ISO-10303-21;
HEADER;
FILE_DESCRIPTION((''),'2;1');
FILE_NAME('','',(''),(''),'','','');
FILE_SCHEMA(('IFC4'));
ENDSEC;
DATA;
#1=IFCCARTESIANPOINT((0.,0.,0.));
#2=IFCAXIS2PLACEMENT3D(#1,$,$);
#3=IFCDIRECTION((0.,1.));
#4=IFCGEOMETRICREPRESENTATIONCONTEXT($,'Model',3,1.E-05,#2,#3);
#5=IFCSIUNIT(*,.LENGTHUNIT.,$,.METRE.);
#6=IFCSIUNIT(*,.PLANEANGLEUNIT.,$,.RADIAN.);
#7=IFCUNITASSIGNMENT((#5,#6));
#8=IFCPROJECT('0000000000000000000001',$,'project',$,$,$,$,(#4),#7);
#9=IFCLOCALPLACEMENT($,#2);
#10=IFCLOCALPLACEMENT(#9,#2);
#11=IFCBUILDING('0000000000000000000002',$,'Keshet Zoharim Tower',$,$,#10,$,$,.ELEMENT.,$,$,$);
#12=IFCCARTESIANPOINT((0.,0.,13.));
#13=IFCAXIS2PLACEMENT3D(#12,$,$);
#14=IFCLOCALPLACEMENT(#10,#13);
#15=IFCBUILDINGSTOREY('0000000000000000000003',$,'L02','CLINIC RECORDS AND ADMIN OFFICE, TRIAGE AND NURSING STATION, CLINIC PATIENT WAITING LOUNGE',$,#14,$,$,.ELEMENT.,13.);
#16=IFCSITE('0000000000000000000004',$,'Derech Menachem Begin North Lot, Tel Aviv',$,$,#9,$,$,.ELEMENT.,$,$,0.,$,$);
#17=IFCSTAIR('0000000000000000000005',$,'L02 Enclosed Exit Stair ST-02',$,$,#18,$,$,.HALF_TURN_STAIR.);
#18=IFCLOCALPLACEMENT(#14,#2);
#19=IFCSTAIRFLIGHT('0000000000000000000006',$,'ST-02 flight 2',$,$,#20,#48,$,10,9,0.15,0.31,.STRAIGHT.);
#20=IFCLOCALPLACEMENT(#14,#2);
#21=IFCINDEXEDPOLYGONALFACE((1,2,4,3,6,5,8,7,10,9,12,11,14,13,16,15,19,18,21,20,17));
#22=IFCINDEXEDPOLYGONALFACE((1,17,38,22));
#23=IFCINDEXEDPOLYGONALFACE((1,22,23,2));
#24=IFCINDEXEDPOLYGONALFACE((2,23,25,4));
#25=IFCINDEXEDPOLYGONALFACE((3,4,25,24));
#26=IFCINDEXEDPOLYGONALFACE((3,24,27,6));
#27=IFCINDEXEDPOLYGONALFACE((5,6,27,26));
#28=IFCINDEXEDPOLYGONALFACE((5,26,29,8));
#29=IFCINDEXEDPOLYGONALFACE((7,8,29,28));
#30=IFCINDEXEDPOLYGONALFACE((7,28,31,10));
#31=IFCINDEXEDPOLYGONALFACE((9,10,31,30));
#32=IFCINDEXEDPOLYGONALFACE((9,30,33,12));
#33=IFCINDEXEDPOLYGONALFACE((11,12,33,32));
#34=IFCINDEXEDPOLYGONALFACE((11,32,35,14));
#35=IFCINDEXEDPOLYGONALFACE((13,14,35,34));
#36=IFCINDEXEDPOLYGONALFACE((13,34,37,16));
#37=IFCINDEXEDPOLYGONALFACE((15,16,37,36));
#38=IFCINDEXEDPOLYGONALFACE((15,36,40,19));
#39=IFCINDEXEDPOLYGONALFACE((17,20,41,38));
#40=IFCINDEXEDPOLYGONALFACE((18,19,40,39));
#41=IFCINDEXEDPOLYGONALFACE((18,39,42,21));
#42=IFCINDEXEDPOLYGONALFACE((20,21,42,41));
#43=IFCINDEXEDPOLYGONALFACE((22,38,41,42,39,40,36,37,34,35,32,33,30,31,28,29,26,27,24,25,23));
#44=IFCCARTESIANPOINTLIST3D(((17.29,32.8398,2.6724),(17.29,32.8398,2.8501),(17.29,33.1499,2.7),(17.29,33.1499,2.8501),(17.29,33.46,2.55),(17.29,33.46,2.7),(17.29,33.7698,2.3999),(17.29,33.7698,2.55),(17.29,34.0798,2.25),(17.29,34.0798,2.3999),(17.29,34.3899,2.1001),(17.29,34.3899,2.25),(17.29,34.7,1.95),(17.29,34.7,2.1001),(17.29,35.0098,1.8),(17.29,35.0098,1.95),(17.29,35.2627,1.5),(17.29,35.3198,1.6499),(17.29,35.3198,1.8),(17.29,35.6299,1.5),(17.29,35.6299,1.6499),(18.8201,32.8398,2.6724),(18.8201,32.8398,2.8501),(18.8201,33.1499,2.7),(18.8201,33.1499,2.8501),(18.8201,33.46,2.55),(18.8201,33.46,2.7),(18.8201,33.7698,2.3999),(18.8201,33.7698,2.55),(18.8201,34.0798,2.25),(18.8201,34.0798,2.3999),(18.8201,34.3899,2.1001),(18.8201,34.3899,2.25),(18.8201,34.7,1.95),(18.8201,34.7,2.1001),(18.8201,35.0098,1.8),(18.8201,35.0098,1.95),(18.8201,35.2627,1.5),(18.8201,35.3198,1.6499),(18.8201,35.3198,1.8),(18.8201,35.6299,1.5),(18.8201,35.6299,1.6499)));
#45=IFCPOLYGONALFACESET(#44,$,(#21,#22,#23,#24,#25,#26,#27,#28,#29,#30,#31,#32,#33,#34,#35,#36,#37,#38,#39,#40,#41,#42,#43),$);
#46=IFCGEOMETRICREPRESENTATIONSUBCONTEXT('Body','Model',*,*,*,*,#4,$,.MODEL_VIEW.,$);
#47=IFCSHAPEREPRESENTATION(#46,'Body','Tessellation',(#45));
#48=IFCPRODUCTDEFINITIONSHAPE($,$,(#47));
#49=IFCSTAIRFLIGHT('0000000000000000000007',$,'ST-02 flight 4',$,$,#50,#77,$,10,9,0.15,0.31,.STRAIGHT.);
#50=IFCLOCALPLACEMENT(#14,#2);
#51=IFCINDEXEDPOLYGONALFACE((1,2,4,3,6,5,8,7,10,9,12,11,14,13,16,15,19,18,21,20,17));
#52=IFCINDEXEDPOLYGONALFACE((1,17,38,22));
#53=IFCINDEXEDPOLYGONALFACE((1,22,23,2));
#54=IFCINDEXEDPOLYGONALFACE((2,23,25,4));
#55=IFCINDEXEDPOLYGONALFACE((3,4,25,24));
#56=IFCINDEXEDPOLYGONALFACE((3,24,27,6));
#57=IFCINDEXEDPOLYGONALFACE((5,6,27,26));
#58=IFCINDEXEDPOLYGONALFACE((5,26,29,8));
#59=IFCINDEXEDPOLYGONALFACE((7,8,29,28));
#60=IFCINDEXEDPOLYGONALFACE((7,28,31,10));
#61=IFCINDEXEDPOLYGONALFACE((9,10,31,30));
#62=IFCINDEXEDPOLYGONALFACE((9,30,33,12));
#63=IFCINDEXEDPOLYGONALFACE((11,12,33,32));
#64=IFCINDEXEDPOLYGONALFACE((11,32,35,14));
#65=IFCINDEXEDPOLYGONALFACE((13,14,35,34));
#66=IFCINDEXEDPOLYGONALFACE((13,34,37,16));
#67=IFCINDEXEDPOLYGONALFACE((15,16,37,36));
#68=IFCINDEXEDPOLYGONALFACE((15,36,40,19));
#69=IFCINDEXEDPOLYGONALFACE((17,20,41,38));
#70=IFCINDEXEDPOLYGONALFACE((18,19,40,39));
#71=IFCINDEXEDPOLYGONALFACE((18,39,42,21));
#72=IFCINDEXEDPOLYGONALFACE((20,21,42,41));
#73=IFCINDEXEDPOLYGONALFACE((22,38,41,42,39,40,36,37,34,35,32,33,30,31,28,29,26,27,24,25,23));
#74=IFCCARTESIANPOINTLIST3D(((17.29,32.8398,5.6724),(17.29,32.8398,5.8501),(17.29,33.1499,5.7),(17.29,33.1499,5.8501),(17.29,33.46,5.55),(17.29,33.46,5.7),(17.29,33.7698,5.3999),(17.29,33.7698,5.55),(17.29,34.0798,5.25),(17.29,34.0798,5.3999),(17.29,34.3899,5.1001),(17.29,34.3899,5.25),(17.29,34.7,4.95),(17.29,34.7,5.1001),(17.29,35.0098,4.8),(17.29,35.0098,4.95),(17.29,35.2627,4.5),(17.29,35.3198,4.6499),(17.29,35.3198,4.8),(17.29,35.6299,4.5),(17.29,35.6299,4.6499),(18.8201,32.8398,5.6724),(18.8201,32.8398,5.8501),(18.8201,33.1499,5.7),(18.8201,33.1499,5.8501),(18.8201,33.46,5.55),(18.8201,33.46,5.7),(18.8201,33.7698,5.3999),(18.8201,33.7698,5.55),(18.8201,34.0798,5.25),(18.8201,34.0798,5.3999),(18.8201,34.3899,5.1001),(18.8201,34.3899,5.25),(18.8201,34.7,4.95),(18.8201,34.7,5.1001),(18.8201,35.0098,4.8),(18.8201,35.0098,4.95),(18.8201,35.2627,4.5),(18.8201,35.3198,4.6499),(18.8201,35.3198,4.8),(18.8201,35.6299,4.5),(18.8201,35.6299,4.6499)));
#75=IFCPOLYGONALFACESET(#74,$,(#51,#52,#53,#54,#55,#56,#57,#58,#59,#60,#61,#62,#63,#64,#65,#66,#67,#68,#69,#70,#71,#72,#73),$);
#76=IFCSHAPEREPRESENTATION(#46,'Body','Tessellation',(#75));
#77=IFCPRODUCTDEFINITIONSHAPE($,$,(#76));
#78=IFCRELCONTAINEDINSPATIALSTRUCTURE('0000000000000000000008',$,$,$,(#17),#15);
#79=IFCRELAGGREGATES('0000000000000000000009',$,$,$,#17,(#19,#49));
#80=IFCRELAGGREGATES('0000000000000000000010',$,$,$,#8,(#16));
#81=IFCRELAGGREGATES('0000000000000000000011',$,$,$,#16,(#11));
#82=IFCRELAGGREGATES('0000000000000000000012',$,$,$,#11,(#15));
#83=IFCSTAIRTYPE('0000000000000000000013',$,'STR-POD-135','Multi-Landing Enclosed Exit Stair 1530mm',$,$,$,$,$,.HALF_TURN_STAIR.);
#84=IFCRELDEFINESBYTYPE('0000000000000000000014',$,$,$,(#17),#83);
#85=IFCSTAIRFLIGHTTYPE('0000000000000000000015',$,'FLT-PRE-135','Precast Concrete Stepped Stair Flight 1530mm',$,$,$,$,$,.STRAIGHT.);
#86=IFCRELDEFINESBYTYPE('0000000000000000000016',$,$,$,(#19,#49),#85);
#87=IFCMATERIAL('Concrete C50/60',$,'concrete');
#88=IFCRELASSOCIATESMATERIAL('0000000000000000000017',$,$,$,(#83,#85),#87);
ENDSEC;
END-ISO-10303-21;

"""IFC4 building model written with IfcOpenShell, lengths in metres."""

from ifc_helpers import new_model, si_unit, direction, frame, origin, place, context, subcontext, project, spatial, polyline, outline, extrude, material, type_object, element, aggregate, save


model = new_model("IFC4")

# Units and contexts
model_context = context("Model", 3, precision=1e-05, world=origin(), true_north=direction((0.0, 1.0)))
body_context = subcontext(model_context, "Body", "Model", "MODEL_VIEW")
ifc_project = project(units=[si_unit("LENGTHUNIT", "METRE"), si_unit("PLANEANGLEUNIT", "RADIAN")], contexts=[model_context])

# Site, building, storey
site_placement = place(None, origin())
site = spatial("IfcSite", under=ifc_project, at=site_placement, Name="Derech Menachem Begin North Lot, Tel Aviv", CompositionType="ELEMENT", RefElevation=0.0)
building_placement = place(site_placement, origin())
building = spatial("IfcBuilding", under=site, at=building_placement, Name="Keshet Zoharim Tower", CompositionType="ELEMENT")
storey_placement = place(building_placement, frame((0.0, 0.0, 13.0)))
storey = spatial("IfcBuildingStorey", under=building, at=storey_placement, Name="L02", Description="CLINIC RECORDS AND ADMIN OFFICE, TRIAGE AND NURSING STATION, CLINIC PATIENT WAITING LOUNGE", CompositionType="ELEMENT", Elevation=13.0)

# Shared definitions
ifc_material_1 = material(Name="Concrete C50/60", Category="concrete")

# Stair, stair flights
stair_type = type_object("IfcStairType", Name="STR-POD-135", Description="Multi-Landing Enclosed Exit Stair 1530mm", PredefinedType="HALF_TURN_STAIR", material=ifc_material_1)
stair_placement = place(storey_placement, origin())
stair = element("IfcStair", 1, at=stair_placement, inside=storey, type_object=stair_type, Name="L02 Enclosed Exit Stair ST-02", PredefinedType="HALF_TURN_STAIR")
stair_flight_type = type_object("IfcStairFlightType", Name="FLT-PRE-135", Description="Precast Concrete Stepped Stair Flight 1530mm", PredefinedType="STRAIGHT", material=ifc_material_1)
stair_flight_1_placement = place(storey_placement, frame((18.0549, 35.6299, 1.5), z_axis=(0.0, 0.0, 1.0), x_axis=(0.0, -1.0, 0.0)))
stair_flight_1 = element("IfcStairFlight", 2, at=stair_flight_1_placement, type_object=stair_flight_type, Name="ST-02 flight 2", NumberOfRisers=10, NumberOfTreads=9, PredefinedType="STRAIGHT", RiserHeight=0.15, TreadLength=0.31, context=body_context, shape_type="SweptSolid", body=[
    extrude(outline(polyline([(0.0, 0.0), (0.0, 0.1499), (0.3101, 0.1499), (0.3101, 0.3), (0.6201, 0.3), (0.6201, 0.45), (0.9299, 0.45), (0.9299, 0.6001), (1.24, 0.6001), (1.24, 0.75), (1.55, 0.75), (1.55, 0.8999), (1.8601, 0.8999), (1.8601, 1.05), (2.1699, 1.05), (2.1699, 1.2), (2.48, 1.2), (2.48, 1.3501), (2.79, 1.3501), (2.79, 1.5), (2.79, 1.1724), (0.3672, 0.0), (0.0, 0.0)])), frame((0.0, 0.7651, 0.0), z_axis=(0.0, -1.0, 0.0), x_axis=(1.0, 0.0, 0.0)), (0.0, 0.0, 1.0), 1.53),
])
stair_flight_2_placement = place(storey_placement, frame((18.0549, 35.6299, 4.5), z_axis=(0.0, 0.0, 1.0), x_axis=(0.0, -1.0, 0.0)))
stair_flight_2 = element("IfcStairFlight", 3, at=stair_flight_2_placement, type_object=stair_flight_type, Name="ST-02 flight 4", NumberOfRisers=10, NumberOfTreads=9, PredefinedType="STRAIGHT", RiserHeight=0.15, TreadLength=0.31, context=body_context, shape_type="SweptSolid", body=[
    extrude(outline(polyline([(0.0, 0.0), (0.0, 0.1499), (0.3101, 0.1499), (0.3101, 0.3), (0.6201, 0.3), (0.6201, 0.45), (0.9299, 0.45), (0.9299, 0.6001), (1.24, 0.6001), (1.24, 0.75), (1.55, 0.75), (1.55, 0.8999), (1.8601, 0.8999), (1.8601, 1.05), (2.1699, 1.05), (2.1699, 1.2), (2.48, 1.2), (2.48, 1.3501), (2.79, 1.3501), (2.79, 1.5), (2.79, 1.1724), (0.3672, 0.0), (0.0, 0.0)])), frame((0.0, 0.7651, 0.0), z_axis=(0.0, -1.0, 0.0), x_axis=(1.0, 0.0, 0.0)), (0.0, 0.0, 1.0), 1.53),
])
aggregate(stair, [stair_flight_1, stair_flight_2])

save(model, "model.ifc")
